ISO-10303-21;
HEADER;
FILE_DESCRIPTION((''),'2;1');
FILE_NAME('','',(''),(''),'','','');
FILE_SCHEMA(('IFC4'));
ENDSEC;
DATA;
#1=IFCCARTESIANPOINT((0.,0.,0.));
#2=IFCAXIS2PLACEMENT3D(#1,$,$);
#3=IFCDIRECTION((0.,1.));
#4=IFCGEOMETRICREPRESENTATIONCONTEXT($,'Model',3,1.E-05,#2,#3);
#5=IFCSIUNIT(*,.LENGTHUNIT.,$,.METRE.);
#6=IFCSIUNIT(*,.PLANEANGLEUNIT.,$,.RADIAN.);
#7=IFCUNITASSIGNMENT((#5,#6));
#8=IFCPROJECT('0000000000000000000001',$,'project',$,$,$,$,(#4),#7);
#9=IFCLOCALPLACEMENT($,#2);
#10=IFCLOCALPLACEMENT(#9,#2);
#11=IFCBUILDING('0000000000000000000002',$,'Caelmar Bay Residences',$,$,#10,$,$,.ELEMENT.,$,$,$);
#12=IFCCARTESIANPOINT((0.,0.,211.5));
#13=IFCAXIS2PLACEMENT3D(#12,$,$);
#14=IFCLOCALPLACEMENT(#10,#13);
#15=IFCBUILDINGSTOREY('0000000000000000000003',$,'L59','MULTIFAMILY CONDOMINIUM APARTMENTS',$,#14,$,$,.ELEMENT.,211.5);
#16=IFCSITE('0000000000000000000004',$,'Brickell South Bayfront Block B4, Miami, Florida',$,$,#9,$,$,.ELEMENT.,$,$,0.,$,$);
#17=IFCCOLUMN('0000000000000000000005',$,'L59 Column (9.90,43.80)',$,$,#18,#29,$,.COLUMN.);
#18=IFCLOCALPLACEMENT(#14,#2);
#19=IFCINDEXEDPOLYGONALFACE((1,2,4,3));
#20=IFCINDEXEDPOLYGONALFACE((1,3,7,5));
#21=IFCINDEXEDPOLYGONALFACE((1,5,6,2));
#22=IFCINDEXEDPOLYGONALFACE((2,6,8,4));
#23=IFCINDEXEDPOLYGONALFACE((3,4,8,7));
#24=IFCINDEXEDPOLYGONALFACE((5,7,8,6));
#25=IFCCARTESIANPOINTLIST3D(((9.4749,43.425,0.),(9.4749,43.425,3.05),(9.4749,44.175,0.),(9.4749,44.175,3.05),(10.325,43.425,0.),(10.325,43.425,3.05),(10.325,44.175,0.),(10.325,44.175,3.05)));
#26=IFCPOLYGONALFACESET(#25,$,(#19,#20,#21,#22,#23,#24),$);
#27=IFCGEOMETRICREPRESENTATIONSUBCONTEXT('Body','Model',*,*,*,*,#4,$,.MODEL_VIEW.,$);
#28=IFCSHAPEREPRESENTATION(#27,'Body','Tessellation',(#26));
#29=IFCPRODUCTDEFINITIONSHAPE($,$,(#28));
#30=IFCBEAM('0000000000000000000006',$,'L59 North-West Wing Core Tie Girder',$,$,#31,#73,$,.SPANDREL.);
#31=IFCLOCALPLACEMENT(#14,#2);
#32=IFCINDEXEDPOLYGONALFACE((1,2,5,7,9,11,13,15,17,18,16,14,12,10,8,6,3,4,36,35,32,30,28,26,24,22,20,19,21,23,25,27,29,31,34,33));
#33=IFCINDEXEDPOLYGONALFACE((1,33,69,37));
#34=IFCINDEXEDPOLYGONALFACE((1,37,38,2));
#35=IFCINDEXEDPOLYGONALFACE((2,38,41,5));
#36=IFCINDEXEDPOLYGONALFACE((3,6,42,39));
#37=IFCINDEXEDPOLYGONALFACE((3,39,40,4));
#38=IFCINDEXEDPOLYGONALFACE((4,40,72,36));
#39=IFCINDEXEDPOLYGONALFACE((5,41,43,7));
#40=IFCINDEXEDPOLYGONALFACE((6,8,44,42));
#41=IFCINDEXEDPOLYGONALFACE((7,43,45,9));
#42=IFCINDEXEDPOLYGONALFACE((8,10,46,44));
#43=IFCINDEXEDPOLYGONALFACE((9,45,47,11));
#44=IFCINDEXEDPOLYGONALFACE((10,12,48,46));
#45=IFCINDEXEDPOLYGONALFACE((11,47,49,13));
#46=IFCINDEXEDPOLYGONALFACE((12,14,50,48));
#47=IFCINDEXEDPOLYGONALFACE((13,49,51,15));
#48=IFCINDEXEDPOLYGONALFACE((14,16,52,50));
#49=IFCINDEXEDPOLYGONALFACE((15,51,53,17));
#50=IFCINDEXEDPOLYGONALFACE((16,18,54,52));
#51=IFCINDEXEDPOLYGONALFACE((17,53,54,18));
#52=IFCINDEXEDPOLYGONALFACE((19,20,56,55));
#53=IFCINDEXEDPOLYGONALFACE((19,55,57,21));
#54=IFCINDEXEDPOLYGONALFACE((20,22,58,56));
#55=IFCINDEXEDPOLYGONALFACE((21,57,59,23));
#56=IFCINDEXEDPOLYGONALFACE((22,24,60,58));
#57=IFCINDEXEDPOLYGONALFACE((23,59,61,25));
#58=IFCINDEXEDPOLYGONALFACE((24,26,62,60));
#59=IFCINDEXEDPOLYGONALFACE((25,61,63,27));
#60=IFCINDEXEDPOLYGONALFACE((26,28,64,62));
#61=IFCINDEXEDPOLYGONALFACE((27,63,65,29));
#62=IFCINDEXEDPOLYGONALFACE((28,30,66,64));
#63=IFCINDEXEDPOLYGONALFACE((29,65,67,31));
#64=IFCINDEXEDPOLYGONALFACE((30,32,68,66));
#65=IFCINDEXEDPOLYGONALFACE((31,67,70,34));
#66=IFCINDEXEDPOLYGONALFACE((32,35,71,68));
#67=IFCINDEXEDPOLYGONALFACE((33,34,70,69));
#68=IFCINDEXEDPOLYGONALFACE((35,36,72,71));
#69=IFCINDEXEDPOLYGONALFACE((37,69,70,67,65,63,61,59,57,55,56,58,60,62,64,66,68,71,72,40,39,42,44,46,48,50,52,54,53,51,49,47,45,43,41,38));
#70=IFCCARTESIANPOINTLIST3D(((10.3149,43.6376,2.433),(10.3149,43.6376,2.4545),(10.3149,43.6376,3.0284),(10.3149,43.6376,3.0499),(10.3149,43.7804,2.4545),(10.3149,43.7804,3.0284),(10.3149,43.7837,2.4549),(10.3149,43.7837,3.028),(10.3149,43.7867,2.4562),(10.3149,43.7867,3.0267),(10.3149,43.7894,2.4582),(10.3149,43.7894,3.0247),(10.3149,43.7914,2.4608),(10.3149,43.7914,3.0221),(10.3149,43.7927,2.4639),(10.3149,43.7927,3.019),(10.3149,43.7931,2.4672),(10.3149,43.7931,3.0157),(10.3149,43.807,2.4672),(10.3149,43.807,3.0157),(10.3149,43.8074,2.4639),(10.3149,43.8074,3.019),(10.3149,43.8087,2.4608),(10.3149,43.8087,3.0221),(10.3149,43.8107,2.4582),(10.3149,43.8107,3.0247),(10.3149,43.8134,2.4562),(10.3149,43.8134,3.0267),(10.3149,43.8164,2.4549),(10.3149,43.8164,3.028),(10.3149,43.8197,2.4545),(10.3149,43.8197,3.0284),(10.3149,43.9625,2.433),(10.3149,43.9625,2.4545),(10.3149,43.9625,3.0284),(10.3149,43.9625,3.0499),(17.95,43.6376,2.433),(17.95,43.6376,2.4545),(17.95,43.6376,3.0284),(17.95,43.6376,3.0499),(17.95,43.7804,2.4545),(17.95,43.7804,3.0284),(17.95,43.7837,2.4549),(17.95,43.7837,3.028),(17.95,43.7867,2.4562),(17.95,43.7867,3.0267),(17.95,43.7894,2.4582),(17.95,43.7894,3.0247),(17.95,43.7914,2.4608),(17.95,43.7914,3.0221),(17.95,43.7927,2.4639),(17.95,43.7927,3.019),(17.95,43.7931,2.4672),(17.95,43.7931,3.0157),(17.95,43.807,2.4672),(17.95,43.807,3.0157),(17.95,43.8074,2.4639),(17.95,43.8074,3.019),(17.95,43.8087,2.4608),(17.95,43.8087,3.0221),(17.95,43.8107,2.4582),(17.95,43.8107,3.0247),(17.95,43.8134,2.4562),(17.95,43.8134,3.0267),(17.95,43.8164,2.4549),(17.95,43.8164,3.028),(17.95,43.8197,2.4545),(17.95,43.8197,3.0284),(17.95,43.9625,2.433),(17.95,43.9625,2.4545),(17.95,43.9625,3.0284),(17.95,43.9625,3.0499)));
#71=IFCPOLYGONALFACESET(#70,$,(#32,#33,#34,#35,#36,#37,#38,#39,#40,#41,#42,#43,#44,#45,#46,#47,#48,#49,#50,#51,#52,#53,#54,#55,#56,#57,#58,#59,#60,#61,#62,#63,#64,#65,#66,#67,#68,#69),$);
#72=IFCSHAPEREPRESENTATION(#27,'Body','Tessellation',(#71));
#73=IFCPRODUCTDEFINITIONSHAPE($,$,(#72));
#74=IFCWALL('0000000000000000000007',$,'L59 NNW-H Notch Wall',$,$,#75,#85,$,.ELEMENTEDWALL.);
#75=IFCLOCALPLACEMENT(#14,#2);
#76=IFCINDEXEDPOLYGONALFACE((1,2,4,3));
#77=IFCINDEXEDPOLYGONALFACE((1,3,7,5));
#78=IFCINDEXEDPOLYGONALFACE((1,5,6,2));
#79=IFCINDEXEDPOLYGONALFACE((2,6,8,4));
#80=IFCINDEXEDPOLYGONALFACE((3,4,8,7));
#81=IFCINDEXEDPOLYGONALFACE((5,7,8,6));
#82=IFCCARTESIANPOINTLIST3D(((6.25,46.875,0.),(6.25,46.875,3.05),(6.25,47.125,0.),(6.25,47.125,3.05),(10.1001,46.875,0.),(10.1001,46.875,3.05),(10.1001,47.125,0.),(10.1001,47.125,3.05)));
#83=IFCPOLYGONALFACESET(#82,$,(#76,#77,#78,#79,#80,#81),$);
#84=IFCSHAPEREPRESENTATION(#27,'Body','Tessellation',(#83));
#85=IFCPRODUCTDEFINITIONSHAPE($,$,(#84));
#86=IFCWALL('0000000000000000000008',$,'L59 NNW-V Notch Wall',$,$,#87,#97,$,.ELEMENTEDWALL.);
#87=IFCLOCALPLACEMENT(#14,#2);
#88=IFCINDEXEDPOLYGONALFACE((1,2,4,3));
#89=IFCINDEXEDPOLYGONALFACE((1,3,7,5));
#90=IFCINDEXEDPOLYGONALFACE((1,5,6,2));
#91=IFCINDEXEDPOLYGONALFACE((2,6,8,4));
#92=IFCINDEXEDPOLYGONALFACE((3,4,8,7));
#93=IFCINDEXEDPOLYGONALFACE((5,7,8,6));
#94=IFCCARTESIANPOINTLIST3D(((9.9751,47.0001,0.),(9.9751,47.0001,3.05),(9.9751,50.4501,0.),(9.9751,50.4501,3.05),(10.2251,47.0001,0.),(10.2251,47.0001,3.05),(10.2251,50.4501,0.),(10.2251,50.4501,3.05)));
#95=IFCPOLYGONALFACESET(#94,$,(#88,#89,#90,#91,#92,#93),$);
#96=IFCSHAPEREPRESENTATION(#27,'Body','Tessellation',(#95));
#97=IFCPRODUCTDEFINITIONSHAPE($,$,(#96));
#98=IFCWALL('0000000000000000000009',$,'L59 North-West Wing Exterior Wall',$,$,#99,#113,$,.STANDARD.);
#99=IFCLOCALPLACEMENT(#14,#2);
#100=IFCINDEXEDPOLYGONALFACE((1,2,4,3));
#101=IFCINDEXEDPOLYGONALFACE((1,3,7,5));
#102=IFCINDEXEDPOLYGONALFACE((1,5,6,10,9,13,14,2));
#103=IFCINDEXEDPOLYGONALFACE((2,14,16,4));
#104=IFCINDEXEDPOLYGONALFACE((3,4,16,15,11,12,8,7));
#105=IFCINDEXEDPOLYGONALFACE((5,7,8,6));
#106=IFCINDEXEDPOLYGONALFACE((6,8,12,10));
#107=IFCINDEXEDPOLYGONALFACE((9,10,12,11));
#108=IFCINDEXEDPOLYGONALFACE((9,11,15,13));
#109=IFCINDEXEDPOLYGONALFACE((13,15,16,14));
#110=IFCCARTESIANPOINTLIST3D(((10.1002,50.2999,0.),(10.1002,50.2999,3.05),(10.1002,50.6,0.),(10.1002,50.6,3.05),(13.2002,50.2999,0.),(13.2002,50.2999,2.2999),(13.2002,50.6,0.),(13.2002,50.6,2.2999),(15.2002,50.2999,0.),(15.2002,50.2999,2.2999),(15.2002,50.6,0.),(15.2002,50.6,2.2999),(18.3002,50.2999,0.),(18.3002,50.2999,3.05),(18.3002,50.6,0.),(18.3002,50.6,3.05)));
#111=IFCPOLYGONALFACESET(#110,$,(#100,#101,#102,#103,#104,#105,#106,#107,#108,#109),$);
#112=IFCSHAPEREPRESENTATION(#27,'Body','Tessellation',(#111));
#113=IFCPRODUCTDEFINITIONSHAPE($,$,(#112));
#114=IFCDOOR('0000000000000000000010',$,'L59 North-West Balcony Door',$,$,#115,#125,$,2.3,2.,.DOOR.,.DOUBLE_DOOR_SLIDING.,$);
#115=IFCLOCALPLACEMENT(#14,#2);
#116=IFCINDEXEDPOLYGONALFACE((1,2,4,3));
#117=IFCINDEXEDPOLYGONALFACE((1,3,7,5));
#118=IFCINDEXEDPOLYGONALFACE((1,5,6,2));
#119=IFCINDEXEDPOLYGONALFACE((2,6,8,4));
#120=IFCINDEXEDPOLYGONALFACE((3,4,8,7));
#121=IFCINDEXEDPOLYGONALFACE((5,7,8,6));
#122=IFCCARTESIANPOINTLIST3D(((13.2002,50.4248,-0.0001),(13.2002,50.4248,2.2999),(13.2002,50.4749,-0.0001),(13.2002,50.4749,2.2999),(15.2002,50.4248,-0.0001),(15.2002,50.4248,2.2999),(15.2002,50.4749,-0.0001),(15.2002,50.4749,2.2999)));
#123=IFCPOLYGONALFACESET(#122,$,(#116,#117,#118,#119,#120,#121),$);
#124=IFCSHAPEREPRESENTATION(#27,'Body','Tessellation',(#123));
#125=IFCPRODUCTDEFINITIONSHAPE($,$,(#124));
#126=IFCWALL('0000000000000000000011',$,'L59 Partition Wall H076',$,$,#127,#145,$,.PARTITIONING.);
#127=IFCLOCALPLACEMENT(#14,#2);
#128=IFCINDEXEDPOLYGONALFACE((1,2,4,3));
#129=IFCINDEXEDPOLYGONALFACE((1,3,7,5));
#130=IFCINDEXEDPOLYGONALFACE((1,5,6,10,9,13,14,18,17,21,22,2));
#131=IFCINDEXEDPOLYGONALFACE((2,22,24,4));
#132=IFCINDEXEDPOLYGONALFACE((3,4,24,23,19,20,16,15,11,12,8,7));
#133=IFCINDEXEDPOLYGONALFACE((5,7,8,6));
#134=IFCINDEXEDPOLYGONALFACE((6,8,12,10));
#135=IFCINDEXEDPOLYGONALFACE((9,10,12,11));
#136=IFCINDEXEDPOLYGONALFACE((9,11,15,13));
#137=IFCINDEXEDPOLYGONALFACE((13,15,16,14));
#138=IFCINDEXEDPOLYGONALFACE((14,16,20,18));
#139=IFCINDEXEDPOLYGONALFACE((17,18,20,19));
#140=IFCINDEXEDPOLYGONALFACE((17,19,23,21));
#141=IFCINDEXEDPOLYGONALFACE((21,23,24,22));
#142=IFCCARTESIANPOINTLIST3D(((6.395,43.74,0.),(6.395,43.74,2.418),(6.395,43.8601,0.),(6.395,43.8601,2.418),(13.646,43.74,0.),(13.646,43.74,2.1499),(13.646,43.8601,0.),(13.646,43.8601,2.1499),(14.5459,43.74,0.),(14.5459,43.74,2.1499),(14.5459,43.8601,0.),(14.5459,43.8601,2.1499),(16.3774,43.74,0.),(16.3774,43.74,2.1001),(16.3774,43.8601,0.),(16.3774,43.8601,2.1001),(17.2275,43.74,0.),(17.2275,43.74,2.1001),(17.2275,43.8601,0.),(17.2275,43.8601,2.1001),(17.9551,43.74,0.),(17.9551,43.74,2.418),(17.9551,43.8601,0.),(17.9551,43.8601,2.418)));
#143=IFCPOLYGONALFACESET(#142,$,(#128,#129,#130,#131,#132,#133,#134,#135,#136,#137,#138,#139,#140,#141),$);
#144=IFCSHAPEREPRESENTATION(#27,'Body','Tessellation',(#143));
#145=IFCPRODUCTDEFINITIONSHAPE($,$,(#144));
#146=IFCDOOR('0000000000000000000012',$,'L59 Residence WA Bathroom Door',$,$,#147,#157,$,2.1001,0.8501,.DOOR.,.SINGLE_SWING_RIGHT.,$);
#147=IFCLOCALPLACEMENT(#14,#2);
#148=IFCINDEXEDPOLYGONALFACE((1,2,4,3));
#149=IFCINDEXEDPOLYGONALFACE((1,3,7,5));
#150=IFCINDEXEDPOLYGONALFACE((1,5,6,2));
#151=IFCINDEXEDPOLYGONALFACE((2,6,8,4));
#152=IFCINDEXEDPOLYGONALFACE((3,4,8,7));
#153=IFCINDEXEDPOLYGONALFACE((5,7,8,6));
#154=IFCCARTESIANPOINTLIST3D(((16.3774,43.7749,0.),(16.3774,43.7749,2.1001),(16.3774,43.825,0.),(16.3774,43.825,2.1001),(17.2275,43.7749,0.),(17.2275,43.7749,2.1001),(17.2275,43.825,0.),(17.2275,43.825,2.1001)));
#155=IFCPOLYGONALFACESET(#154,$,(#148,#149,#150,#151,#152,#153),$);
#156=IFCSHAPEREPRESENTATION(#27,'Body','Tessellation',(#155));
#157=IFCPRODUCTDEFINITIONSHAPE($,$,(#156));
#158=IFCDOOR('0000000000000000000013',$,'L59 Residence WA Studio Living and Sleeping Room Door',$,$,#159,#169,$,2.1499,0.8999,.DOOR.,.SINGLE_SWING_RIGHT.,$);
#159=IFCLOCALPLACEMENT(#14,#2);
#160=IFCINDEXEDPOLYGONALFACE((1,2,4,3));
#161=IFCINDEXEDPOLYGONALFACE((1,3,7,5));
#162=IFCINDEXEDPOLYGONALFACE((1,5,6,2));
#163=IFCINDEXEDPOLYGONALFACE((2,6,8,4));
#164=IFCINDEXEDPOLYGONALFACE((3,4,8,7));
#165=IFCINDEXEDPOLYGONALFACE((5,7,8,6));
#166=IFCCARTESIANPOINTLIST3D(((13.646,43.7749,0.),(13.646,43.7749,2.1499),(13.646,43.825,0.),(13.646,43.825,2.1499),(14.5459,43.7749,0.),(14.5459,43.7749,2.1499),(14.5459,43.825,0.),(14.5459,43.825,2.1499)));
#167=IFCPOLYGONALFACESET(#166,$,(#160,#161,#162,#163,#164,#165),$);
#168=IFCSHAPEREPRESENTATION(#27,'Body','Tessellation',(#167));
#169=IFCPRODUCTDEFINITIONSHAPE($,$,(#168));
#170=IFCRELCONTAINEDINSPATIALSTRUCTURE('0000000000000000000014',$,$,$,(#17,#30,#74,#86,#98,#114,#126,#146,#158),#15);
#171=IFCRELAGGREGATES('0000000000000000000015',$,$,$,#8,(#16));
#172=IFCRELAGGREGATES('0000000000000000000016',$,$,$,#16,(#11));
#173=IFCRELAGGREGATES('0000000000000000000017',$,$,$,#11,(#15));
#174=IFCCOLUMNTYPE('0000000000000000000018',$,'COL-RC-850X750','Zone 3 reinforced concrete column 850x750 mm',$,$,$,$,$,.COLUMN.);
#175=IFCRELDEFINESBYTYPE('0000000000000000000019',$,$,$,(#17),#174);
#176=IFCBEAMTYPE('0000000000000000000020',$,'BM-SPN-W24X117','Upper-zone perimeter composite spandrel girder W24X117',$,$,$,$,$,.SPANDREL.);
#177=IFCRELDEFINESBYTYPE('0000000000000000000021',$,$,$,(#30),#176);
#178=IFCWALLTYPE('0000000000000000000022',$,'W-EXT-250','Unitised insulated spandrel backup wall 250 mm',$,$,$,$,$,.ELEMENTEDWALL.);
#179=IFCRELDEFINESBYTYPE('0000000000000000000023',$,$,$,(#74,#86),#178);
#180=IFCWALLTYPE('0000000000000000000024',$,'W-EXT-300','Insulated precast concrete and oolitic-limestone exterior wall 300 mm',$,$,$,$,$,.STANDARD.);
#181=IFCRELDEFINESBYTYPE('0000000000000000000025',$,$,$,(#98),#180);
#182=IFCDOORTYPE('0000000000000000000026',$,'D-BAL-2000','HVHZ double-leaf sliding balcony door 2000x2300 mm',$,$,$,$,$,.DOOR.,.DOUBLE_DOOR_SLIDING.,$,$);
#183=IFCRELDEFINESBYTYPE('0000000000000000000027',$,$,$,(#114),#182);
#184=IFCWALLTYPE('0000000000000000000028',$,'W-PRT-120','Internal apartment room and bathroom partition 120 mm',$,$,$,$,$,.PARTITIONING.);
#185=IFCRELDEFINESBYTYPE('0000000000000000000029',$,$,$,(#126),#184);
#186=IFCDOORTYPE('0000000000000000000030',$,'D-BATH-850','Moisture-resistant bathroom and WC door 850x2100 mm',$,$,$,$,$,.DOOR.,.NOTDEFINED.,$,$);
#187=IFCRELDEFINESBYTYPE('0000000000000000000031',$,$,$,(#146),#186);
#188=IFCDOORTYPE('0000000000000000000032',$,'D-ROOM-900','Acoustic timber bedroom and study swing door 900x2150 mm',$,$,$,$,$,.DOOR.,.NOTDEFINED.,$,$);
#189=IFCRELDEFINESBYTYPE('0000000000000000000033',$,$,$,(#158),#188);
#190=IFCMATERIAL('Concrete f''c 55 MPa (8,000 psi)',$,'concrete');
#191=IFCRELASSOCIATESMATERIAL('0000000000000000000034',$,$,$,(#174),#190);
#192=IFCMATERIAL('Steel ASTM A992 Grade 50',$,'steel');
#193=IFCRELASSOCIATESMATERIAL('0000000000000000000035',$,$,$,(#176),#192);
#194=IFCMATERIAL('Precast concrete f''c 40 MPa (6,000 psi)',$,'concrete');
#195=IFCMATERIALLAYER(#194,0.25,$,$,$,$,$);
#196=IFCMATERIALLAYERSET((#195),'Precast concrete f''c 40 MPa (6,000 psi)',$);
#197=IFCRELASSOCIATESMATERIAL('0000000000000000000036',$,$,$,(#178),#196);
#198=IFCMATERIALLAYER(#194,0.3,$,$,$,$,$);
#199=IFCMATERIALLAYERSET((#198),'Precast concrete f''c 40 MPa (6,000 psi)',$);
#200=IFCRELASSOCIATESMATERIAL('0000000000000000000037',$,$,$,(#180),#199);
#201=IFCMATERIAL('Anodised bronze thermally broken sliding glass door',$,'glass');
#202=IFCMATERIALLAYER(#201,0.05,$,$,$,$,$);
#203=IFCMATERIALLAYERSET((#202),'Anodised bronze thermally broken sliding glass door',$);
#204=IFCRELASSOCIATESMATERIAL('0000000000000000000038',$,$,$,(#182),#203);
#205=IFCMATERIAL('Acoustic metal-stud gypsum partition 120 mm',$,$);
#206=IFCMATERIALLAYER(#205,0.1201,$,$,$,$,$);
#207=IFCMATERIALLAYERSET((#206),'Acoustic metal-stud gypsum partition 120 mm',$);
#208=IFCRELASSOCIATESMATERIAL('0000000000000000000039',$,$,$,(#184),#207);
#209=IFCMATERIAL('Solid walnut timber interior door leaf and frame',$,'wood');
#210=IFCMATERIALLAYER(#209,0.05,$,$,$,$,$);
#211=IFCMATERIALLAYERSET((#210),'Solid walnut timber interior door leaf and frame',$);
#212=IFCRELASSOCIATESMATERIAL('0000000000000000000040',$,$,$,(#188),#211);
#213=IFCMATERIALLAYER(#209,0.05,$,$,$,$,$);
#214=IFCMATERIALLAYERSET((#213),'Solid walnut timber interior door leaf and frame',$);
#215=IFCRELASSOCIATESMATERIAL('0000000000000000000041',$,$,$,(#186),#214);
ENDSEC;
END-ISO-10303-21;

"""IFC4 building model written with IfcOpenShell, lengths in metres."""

from ifc_helpers import new_model, si_unit, direction, frame, frame_2d, origin, origin_2d, place, context, subcontext, project, spatial, rectangle, i_section, extrude, material, layer, layer_set, material_profile, profile_set, type_object, element, fill, save


model = new_model("IFC4")

# Units and contexts
model_context = context("Model", 3, precision=1e-05, world=origin(), true_north=direction((0.0, 1.0)))
body_context = subcontext(model_context, "Body", "Model", "MODEL_VIEW")
ifc_project = project(units=[si_unit("LENGTHUNIT", "METRE"), si_unit("PLANEANGLEUNIT", "RADIAN")], contexts=[model_context])

# Site, building, storey
site_placement = place(None, origin())
site = spatial("IfcSite", under=ifc_project, at=site_placement, Name="Brickell South Bayfront Block B4, Miami, Florida", CompositionType="ELEMENT", RefElevation=0.0)
building_placement = place(site_placement, origin())
building = spatial("IfcBuilding", under=site, at=building_placement, Name="Caelmar Bay Residences", CompositionType="ELEMENT")
storey_placement = place(building_placement, frame((0.0, 0.0, 211.5)))
storey = spatial("IfcBuildingStorey", under=building, at=storey_placement, Name="L59", Description="MULTIFAMILY CONDOMINIUM APARTMENTS", CompositionType="ELEMENT", Elevation=211.5)

# Column
ifc_material_1 = material(Name="Concrete f'c 55 MPa (8,000 psi)", Category="concrete")
ifc_material_profile_1 = material_profile(ifc_material_1, rectangle(XDim=0.8501, YDim=0.75, at=origin_2d()), Name="RC-COL-850X750")
ifc_profile_set_1 = profile_set([ifc_material_profile_1], Name="Concrete f'c 55 MPa (8,000 psi)")
column_type = type_object("IfcColumnType", Name="COL-RC-850X750", Description="Zone 3 reinforced concrete column 850x750 mm", PredefinedType="COLUMN", material=ifc_profile_set_1)
column_placement = place(storey_placement, frame((9.8999, 43.8, 0.0), z_axis=(0.0, 0.0, 1.0), x_axis=(1.0, 0.0, 0.0)))
element("IfcColumn", 1, at=column_placement, inside=storey, type_object=column_type, Name="L59 Column (9.90,43.80)", PredefinedType="COLUMN", context=body_context, shape_type="SweptSolid", body=[
    extrude(rectangle(XDim=0.8501, YDim=0.75, at=origin_2d()), origin(), (0.0, 0.0, 1.0), 3.05),
])

# Beam
ifc_material_2 = material(Name="Steel ASTM A992 Grade 50", Category="steel")
ifc_material_profile_2 = material_profile(ifc_material_2, i_section(OverallWidth=0.325, OverallDepth=0.6169, WebThickness=0.0139, FlangeThickness=0.0215, FilletRadius=0.0127, at=origin_2d()), Name="W24X117")
ifc_profile_set_2 = profile_set([ifc_material_profile_2], Name="Steel ASTM A992 Grade 50")
beam_type = type_object("IfcBeamType", Name="BM-SPN-W24X117", Description="Upper-zone perimeter composite spandrel girder W24X117", PredefinedType="SPANDREL", material=ifc_profile_set_2)
beam_placement = place(storey_placement, frame((10.3149, 43.8, 2.7415), z_axis=(1.0, 0.0, 0.0), x_axis=(0.0, 1.0, 0.0)))
element("IfcBeam", 2, at=beam_placement, inside=storey, type_object=beam_type, Name="L59 North-West Wing Core Tie Girder", PredefinedType="SPANDREL", context=body_context, shape_type="SweptSolid", body=[
    extrude(i_section(OverallWidth=0.325, OverallDepth=0.6169, WebThickness=0.0139, FlangeThickness=0.0215, FilletRadius=0.0127, at=origin_2d()), origin(), (0.0, 0.0, 1.0), 7.635),
])

# Walls
ifc_material_3 = material(Name="Precast concrete f'c 40 MPa (6,000 psi)", Category="concrete")
ifc_layer_1 = layer(ifc_material_3, 0.25)
ifc_layer_set_1 = layer_set([ifc_layer_1], Name="Precast concrete f'c 40 MPa (6,000 psi)")
wall_type_1 = type_object("IfcWallType", Name="W-EXT-250", Description="Unitised insulated spandrel backup wall 250 mm", PredefinedType="ELEMENTEDWALL", material=ifc_layer_set_1)
wall_1_placement = place(storey_placement, frame((6.25, 47.0, 0.0), z_axis=(0.0, 0.0, 1.0), x_axis=(1.0, 0.0, 0.0)))
element("IfcWall", 3, at=wall_1_placement, inside=storey, type_object=wall_type_1, Name="L59 NNW-H Notch Wall", PredefinedType="ELEMENTEDWALL", context=body_context, shape_type="SweptSolid", body=[
    extrude(rectangle(XDim=3.8501, YDim=0.25, at=frame_2d((1.925, 0.0))), origin(), (0.0, 0.0, 1.0), 3.05),
])
wall_2_placement = place(storey_placement, frame((10.1001, 47.0, 0.0), z_axis=(0.0, 0.0, 1.0), x_axis=(0.0, 1.0, 0.0)))
element("IfcWall", 4, at=wall_2_placement, inside=storey, type_object=wall_type_1, Name="L59 NNW-V Notch Wall", PredefinedType="ELEMENTEDWALL", context=body_context, shape_type="SweptSolid", body=[
    extrude(rectangle(XDim=3.45, YDim=0.25, at=frame_2d((1.7251, 0.0))), origin(), (0.0, 0.0, 1.0), 3.05),
])

# Wall, opening, door
ifc_layer_2 = layer(ifc_material_3, 0.3)
ifc_layer_set_2 = layer_set([ifc_layer_2], Name="Precast concrete f'c 40 MPa (6,000 psi)")
wall_type_2 = type_object("IfcWallType", Name="W-EXT-300", Description="Insulated precast concrete and oolitic-limestone exterior wall 300 mm", PredefinedType="STANDARD", material=ifc_layer_set_2)
wall_3_placement = place(storey_placement, frame((10.1001, 50.45, 0.0), z_axis=(0.0, 0.0, 1.0), x_axis=(1.0, 0.0, 0.0)))
wall_3 = element("IfcWall", 5, at=wall_3_placement, inside=storey, type_object=wall_type_2, Name="L59 North-West Wing Exterior Wall", PredefinedType="STANDARD", context=body_context, shape_type="SweptSolid", body=[
    extrude(rectangle(XDim=8.2, YDim=0.3, at=frame_2d((4.1001, 0.0))), origin(), (0.0, 0.0, 1.0), 3.05),
])
opening_1_placement = place(wall_3_placement, frame((3.1001, 0.0, 0.0)))
opening_1 = element("IfcOpeningElement", 6, at=opening_1_placement, cuts=wall_3, PredefinedType="OPENING", context=body_context, shape_type="SweptSolid", body=[
    extrude(rectangle(XDim=2.0, YDim=2.3, at=frame_2d((1.0, 1.1499))), frame((0.0, 0.1599, 0.0), z_axis=(0.0, -1.0, 0.0), x_axis=(1.0, 0.0, 0.0)), (0.0, 0.0, 1.0), 0.3201),
])
ifc_material_4 = material(Name="Anodised bronze thermally broken sliding glass door", Category="glass")
ifc_layer_3 = layer(ifc_material_4, 0.05)
ifc_layer_set_3 = layer_set([ifc_layer_3], Name="Anodised bronze thermally broken sliding glass door")
door_type_1 = type_object("IfcDoorType", Name="D-BAL-2000", Description="HVHZ double-leaf sliding balcony door 2000x2300 mm", OperationType="DOUBLE_DOOR_SLIDING", PredefinedType="DOOR", material=ifc_layer_set_3)
door_1_placement = place(opening_1_placement, origin())
door_1 = element("IfcDoor", 7, at=door_1_placement, inside=storey, type_object=door_type_1, Name="L59 North-West Balcony Door", OperationType="DOUBLE_DOOR_SLIDING", OverallHeight=2.3, OverallWidth=2.0, PredefinedType="DOOR", context=body_context, shape_type="SweptSolid", body=[
    extrude(rectangle(XDim=2.0, YDim=2.3, at=frame_2d((1.0, 1.1499))), frame((0.0, 0.0249, 0.0), z_axis=(0.0, -1.0, 0.0), x_axis=(1.0, 0.0, 0.0)), (0.0, 0.0, 1.0), 0.05),
])
fill(opening_1, door_1)
ifc_material_5 = material(Name="Acoustic metal-stud gypsum partition 120 mm")
ifc_layer_4 = layer(ifc_material_5, 0.1201)
ifc_layer_set_4 = layer_set([ifc_layer_4], Name="Acoustic metal-stud gypsum partition 120 mm")
wall_type_3 = type_object("IfcWallType", Name="W-PRT-120", Description="Internal apartment room and bathroom partition 120 mm", PredefinedType="PARTITIONING", material=ifc_layer_set_4)
ifc_material_6 = material(Name="Solid walnut timber interior door leaf and frame", Category="wood")
ifc_layer_5 = layer(ifc_material_6, 0.05)
ifc_layer_set_5 = layer_set([ifc_layer_5], Name="Solid walnut timber interior door leaf and frame")
door_type_2 = type_object("IfcDoorType", Name="D-ROOM-900", Description="Acoustic timber bedroom and study swing door 900x2150 mm", OperationType="NOTDEFINED", PredefinedType="DOOR", material=ifc_layer_set_5)

# Wall, openings, doors
wall_4_placement = place(storey_placement, frame((6.395, 43.8, 0.0), z_axis=(0.0, 0.0, 1.0), x_axis=(1.0, 0.0, 0.0)))
wall_4 = element("IfcWall", 8, at=wall_4_placement, inside=storey, type_object=wall_type_3, Name="L59 Partition Wall H076", PredefinedType="PARTITIONING", context=body_context, shape_type="SweptSolid", body=[
    extrude(rectangle(XDim=11.5601, YDim=0.1201, at=frame_2d((5.78, 0.0))), origin(), (0.0, 0.0, 1.0), 2.418),
])
opening_2_placement = place(wall_4_placement, frame((7.251, 0.0, 0.0)))
opening_2 = element("IfcOpeningElement", 9, at=opening_2_placement, cuts=wall_4, PredefinedType="OPENING", context=body_context, shape_type="SweptSolid", body=[
    extrude(rectangle(XDim=0.8999, YDim=2.1499, at=frame_2d((0.45, 1.075))), frame((0.0, 0.0701, 0.0), z_axis=(0.0, -1.0, 0.0), x_axis=(1.0, 0.0, 0.0)), (0.0, 0.0, 1.0), 0.1401),
])
opening_3_placement = place(wall_4_placement, frame((9.9824, 0.0, 0.0)))
opening_3 = element("IfcOpeningElement", 10, at=opening_3_placement, cuts=wall_4, PredefinedType="OPENING", context=body_context, shape_type="SweptSolid", body=[
    extrude(rectangle(XDim=0.8501, YDim=2.1001, at=frame_2d((0.425, 1.05))), frame((0.0, 0.0701, 0.0), z_axis=(0.0, -1.0, 0.0), x_axis=(1.0, 0.0, 0.0)), (0.0, 0.0, 1.0), 0.1401),
])
ifc_layer_6 = layer(ifc_material_6, 0.05)
ifc_layer_set_6 = layer_set([ifc_layer_6], Name="Solid walnut timber interior door leaf and frame")
door_type_3 = type_object("IfcDoorType", Name="D-BATH-850", Description="Moisture-resistant bathroom and WC door 850x2100 mm", OperationType="NOTDEFINED", PredefinedType="DOOR", material=ifc_layer_set_6)
door_2_placement = place(opening_3_placement, origin())
door_2 = element("IfcDoor", 11, at=door_2_placement, inside=storey, type_object=door_type_3, Name="L59 Residence WA Bathroom Door", OperationType="SINGLE_SWING_RIGHT", OverallHeight=2.1001, OverallWidth=0.8501, PredefinedType="DOOR", context=body_context, shape_type="SweptSolid", body=[
    extrude(rectangle(XDim=0.8501, YDim=2.1001, at=frame_2d((0.425, 1.05))), frame((0.0, 0.0249, 0.0), z_axis=(0.0, -1.0, 0.0), x_axis=(1.0, 0.0, 0.0)), (0.0, 0.0, 1.0), 0.05),
])
fill(opening_3, door_2)
door_3_placement = place(opening_2_placement, origin())
door_3 = element("IfcDoor", 12, at=door_3_placement, inside=storey, type_object=door_type_2, Name="L59 Residence WA Studio Living and Sleeping Room Door", OperationType="SINGLE_SWING_RIGHT", OverallHeight=2.1499, OverallWidth=0.8999, PredefinedType="DOOR", context=body_context, shape_type="SweptSolid", body=[
    extrude(rectangle(XDim=0.8999, YDim=2.1499, at=frame_2d((0.45, 1.075))), frame((0.0, 0.0249, 0.0), z_axis=(0.0, -1.0, 0.0), x_axis=(1.0, 0.0, 0.0)), (0.0, 0.0, 1.0), 0.05),
])
fill(opening_2, door_3)

save(model, "model.ifc")
